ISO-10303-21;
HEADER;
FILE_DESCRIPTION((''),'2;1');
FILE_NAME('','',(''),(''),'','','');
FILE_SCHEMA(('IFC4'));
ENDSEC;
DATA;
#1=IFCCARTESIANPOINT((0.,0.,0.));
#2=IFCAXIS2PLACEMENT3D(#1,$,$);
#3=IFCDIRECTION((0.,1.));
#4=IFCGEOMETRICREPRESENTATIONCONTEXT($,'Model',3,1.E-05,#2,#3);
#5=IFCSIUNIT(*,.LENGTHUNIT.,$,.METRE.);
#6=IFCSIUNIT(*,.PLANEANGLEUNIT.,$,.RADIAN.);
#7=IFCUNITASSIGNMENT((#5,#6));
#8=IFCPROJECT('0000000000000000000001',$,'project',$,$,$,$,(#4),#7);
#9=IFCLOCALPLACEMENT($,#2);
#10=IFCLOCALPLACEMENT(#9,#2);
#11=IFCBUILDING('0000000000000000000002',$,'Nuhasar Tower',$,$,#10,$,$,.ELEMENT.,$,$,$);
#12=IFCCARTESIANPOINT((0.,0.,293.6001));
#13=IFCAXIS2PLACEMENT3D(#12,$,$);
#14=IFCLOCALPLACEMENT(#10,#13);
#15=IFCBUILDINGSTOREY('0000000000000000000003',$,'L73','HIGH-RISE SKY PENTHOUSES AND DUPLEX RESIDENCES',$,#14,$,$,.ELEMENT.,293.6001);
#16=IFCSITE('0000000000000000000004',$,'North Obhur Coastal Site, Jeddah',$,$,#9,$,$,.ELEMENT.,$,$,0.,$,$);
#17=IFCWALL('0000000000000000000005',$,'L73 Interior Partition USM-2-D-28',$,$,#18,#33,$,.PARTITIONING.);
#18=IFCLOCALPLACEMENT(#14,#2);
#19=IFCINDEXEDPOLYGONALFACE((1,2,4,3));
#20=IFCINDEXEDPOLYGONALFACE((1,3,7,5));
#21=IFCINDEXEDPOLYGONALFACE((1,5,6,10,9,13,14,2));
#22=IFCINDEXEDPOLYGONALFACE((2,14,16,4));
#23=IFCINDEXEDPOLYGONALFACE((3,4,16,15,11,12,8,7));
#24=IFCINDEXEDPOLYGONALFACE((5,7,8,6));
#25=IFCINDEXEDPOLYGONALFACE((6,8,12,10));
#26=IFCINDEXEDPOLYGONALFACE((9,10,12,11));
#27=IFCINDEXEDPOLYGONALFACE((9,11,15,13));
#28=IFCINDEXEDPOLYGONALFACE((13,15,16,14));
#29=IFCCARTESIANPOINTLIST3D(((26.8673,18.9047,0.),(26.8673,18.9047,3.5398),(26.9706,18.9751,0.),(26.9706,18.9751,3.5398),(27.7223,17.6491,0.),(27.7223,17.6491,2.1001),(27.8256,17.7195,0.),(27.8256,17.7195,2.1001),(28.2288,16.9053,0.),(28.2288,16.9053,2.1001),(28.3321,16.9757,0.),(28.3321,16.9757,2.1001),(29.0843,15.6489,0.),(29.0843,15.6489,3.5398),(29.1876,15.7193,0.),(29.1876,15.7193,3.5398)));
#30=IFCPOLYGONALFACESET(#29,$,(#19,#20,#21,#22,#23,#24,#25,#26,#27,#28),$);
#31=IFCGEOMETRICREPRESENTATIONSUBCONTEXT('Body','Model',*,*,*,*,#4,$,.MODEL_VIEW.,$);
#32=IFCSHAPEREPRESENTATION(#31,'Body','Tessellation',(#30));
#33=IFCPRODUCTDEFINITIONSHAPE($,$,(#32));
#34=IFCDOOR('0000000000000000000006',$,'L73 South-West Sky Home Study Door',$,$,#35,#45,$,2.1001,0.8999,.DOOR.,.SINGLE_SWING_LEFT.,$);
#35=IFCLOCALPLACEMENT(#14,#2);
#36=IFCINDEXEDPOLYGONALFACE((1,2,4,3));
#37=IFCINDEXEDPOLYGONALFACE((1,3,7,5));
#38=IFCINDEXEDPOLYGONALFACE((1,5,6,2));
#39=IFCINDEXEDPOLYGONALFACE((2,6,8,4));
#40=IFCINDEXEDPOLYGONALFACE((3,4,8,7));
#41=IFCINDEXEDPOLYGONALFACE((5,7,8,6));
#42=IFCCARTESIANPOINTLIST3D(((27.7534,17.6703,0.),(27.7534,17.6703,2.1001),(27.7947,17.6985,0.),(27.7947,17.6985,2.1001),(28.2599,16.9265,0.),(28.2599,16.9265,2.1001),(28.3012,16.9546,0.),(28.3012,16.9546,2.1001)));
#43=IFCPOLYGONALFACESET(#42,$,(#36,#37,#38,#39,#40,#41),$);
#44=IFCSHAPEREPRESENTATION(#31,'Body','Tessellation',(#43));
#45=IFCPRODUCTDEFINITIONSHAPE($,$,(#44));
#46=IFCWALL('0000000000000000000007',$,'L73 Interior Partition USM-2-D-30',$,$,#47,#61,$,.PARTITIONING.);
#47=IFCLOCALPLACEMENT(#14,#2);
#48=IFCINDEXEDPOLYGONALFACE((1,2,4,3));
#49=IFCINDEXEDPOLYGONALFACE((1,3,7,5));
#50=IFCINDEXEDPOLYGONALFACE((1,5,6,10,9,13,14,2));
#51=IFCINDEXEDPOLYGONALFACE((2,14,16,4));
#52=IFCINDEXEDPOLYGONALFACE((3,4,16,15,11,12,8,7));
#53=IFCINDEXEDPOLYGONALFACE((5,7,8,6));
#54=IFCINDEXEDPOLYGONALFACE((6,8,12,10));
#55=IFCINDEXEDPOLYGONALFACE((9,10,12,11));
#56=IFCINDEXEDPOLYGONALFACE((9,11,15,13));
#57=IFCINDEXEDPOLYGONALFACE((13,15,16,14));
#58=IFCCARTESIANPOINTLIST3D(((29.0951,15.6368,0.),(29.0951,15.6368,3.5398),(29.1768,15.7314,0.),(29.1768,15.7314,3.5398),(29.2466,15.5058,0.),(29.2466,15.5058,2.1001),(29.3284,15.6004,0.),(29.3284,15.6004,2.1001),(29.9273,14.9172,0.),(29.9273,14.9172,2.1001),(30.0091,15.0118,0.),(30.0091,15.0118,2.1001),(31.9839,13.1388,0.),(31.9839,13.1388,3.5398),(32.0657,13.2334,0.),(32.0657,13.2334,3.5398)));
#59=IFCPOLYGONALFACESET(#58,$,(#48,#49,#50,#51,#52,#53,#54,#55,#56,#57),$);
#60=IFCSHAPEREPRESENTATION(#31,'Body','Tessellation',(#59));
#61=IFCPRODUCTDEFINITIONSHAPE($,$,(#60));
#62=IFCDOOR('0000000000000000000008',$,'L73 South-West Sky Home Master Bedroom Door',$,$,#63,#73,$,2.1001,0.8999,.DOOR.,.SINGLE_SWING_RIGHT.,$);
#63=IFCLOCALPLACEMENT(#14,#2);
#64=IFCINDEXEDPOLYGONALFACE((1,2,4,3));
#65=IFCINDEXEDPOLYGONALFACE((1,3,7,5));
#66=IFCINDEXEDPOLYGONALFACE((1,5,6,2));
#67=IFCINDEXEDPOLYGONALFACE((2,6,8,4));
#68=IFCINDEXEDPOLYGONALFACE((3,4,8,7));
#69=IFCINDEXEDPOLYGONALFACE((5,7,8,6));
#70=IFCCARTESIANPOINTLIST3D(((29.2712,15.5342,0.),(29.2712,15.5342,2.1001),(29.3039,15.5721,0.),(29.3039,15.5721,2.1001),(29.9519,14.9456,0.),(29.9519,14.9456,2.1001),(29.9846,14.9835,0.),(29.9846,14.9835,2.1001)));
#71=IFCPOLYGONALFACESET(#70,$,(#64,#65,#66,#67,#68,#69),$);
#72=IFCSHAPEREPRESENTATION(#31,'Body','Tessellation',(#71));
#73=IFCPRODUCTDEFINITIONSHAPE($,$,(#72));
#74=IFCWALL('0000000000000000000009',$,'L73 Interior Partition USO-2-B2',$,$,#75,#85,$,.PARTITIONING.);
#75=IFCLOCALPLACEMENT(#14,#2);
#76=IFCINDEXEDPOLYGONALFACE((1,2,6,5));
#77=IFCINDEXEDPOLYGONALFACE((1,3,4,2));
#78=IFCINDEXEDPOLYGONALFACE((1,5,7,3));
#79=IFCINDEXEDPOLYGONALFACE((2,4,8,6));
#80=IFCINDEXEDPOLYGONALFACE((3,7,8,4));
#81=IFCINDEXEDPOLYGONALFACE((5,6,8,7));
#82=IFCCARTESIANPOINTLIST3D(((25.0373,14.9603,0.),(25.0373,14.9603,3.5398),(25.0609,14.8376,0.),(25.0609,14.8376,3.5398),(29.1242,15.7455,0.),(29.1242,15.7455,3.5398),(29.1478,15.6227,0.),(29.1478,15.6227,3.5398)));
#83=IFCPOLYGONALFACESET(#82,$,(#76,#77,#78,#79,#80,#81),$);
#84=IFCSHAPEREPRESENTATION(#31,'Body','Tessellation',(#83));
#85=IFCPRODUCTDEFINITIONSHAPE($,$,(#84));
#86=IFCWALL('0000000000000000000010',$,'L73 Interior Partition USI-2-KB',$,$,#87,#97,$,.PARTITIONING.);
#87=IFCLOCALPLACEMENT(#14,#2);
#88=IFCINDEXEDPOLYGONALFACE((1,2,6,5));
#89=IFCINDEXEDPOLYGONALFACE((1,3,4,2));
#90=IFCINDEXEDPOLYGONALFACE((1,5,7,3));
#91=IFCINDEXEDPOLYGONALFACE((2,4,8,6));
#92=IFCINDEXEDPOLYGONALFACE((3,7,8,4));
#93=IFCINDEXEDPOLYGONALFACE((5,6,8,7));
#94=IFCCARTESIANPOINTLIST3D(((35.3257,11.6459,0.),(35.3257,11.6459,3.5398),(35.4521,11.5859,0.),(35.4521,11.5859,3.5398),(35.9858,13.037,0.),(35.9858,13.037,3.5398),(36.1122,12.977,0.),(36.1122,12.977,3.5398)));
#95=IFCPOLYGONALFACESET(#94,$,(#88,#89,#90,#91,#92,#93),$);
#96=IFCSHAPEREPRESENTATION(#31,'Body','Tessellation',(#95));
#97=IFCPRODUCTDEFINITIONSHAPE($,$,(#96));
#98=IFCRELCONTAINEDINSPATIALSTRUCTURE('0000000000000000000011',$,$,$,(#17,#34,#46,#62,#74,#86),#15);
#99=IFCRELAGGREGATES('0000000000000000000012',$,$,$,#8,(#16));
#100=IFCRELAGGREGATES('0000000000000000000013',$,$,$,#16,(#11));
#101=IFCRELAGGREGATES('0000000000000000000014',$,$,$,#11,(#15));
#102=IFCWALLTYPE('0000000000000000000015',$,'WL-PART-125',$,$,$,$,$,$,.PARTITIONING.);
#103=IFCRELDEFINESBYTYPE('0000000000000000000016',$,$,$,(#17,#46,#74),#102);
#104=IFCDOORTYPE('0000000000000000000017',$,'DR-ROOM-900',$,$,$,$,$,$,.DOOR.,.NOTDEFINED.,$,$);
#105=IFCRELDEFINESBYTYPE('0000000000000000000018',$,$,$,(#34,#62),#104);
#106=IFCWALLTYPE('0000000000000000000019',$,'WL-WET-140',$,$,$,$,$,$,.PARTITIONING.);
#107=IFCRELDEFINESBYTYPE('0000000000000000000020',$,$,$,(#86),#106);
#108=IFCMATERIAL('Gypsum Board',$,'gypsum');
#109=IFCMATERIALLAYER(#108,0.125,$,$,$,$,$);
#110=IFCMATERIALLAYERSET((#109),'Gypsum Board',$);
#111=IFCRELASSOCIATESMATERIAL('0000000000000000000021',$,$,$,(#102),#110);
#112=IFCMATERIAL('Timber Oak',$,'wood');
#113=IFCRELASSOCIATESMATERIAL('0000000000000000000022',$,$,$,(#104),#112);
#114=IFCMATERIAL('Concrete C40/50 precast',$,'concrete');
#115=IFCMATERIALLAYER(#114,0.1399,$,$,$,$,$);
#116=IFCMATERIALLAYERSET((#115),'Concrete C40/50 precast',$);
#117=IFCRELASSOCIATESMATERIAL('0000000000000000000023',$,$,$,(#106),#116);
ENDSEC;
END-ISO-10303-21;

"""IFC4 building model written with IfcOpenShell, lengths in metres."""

from ifc_helpers import new_model, si_unit, direction, frame, frame_2d, origin, place, context, subcontext, project, spatial, rectangle, extrude, material, layer, layer_set, type_object, element, fill, save


model = new_model("IFC4")

# Units and contexts
model_context = context("Model", 3, precision=1e-05, world=origin(), true_north=direction((0.0, 1.0)))
body_context = subcontext(model_context, "Body", "Model", "MODEL_VIEW")
ifc_project = project(units=[si_unit("LENGTHUNIT", "METRE"), si_unit("PLANEANGLEUNIT", "RADIAN")], contexts=[model_context])

# Site, building, storey
site_placement = place(None, origin())
site = spatial("IfcSite", under=ifc_project, at=site_placement, Name="North Obhur Coastal Site, Jeddah", CompositionType="ELEMENT", RefElevation=0.0)
building_placement = place(site_placement, origin())
building = spatial("IfcBuilding", under=site, at=building_placement, Name="Nuhasar Tower", CompositionType="ELEMENT")
storey_placement = place(building_placement, frame((0.0, 0.0, 293.6001)))
storey = spatial("IfcBuildingStorey", under=building, at=storey_placement, Name="L73", Description="HIGH-RISE SKY PENTHOUSES AND DUPLEX RESIDENCES", CompositionType="ELEMENT", Elevation=293.6001)

# Shared definitions
ifc_material_1 = material(Name="Gypsum Board", Category="gypsum")

# Shared definitions
ifc_layer_1 = layer(ifc_material_1, 0.125)
ifc_layer_set_1 = layer_set([ifc_layer_1], Name="Gypsum Board")
wall_type_1 = type_object("IfcWallType", Name="WL-PART-125", PredefinedType="PARTITIONING", material=ifc_layer_set_1)
ifc_material_2 = material(Name="Timber Oak", Category="wood")
door_type = type_object("IfcDoorType", Name="DR-ROOM-900", OperationType="NOTDEFINED", PredefinedType="DOOR", material=ifc_material_2)

# Walls, openings, doors
wall_1_placement = place(storey_placement, frame((29.136, 15.6841, 0.0), z_axis=(0.0, 0.0, 1.0), x_axis=(-0.562841, 0.826566, 0.0)))
wall_1 = element("IfcWall", 1, at=wall_1_placement, inside=storey, type_object=wall_type_1, Name="L73 Interior Partition USM-2-D-28", PredefinedType="PARTITIONING", context=body_context, shape_type="SweptSolid", body=[
    extrude(rectangle(XDim=3.939, YDim=0.125, at=frame_2d((1.9695, 0.0))), origin(), (0.0, 0.0, 1.0), 3.5398),
])
opening_1_placement = place(wall_1_placement, frame((1.52, 0.0, 0.0)))
opening_1 = element("IfcOpeningElement", 2, at=opening_1_placement, cuts=wall_1, PredefinedType="OPENING", context=body_context, shape_type="SweptSolid", body=[
    extrude(rectangle(XDim=0.8999, YDim=2.1001, at=frame_2d((0.45, 1.05))), frame((0.0, 0.0725, 0.0), z_axis=(0.0, -1.0, 0.0), x_axis=(1.0, 0.0, 0.0)), (0.0, 0.0, 1.0), 0.145),
])
door_1_placement = place(opening_1_placement, origin())
door_1 = element("IfcDoor", 3, at=door_1_placement, inside=storey, type_object=door_type, Name="L73 South-West Sky Home Study Door", OperationType="SINGLE_SWING_LEFT", OverallHeight=2.1001, OverallWidth=0.8999, PredefinedType="DOOR", context=body_context, shape_type="SweptSolid", body=[
    extrude(rectangle(XDim=0.8999, YDim=2.1001, at=frame_2d((0.45, 1.05))), frame((0.0, 0.0249, 0.0), z_axis=(0.0, -1.0, 0.0), x_axis=(1.0, 0.0, 0.0)), (0.0, 0.0, 1.0), 0.05),
])
fill(opening_1, door_1)
wall_2_placement = place(storey_placement, frame((32.0249, 13.186, 0.0), z_axis=(0.0, 0.0, 1.0), x_axis=(-0.756425, 0.654081, 0.0)))
wall_2 = element("IfcWall", 4, at=wall_2_placement, inside=storey, type_object=wall_type_1, Name="L73 Interior Partition USM-2-D-30", PredefinedType="PARTITIONING", context=body_context, shape_type="SweptSolid", body=[
    extrude(rectangle(XDim=3.8191, YDim=0.125, at=frame_2d((1.9097, 0.0))), origin(), (0.0, 0.0, 1.0), 3.5398),
])
opening_2_placement = place(wall_2_placement, frame((2.719, 0.0, 0.0)))
opening_2 = element("IfcOpeningElement", 5, at=opening_2_placement, cuts=wall_2, PredefinedType="OPENING", context=body_context, shape_type="SweptSolid", body=[
    extrude(rectangle(XDim=0.8999, YDim=2.1001, at=frame_2d((0.45, 1.05))), frame((0.0, 0.0725, 0.0), z_axis=(0.0, -1.0, 0.0), x_axis=(1.0, 0.0, 0.0)), (0.0, 0.0, 1.0), 0.145),
])
door_2_placement = place(opening_2_placement, origin())
door_2 = element("IfcDoor", 6, at=door_2_placement, inside=storey, type_object=door_type, Name="L73 South-West Sky Home Master Bedroom Door", OperationType="SINGLE_SWING_RIGHT", OverallHeight=2.1001, OverallWidth=0.8999, PredefinedType="DOOR", context=body_context, shape_type="SweptSolid", body=[
    extrude(rectangle(XDim=0.8999, YDim=2.1001, at=frame_2d((0.45, 1.05))), frame((0.0, 0.0249, 0.0), z_axis=(0.0, -1.0, 0.0), x_axis=(1.0, 0.0, 0.0)), (0.0, 0.0, 1.0), 0.05),
])
fill(opening_2, door_2)

# Walls
wall_3_placement = place(storey_placement, frame((29.136, 15.6841, 0.0), z_axis=(0.0, 0.0, 1.0), x_axis=(-0.982042, -0.188665, 0.0)))
element("IfcWall", 7, at=wall_3_placement, inside=storey, type_object=wall_type_1, Name="L73 Interior Partition USO-2-B2", PredefinedType="PARTITIONING", context=body_context, shape_type="SweptSolid", body=[
    extrude(rectangle(XDim=4.1616, YDim=0.125, at=frame_2d((2.0808, 0.0))), origin(), (0.0, 0.0, 1.0), 3.5398),
])
ifc_material_3 = material(Name="Concrete C40/50 precast", Category="concrete")
ifc_layer_2 = layer(ifc_material_3, 0.1399)
ifc_layer_set_2 = layer_set([ifc_layer_2], Name="Concrete C40/50 precast")
wall_type_2 = type_object("IfcWallType", Name="WL-WET-140", PredefinedType="PARTITIONING", material=ifc_layer_set_2)
wall_4_placement = place(storey_placement, frame((36.0491, 13.0071, 0.0), z_axis=(0.0, 0.0, 1.0), x_axis=(-0.428727, -0.903434, 0.0)))
element("IfcWall", 8, at=wall_4_placement, inside=storey, type_object=wall_type_2, Name="L73 Interior Partition USI-2-KB", PredefinedType="PARTITIONING", context=body_context, shape_type="SweptSolid", body=[
    extrude(rectangle(XDim=1.5398, YDim=0.1399, at=frame_2d((0.77, 0.0))), origin(), (0.0, 0.0, 1.0), 3.5398),
])

save(model, "model.ifc")
